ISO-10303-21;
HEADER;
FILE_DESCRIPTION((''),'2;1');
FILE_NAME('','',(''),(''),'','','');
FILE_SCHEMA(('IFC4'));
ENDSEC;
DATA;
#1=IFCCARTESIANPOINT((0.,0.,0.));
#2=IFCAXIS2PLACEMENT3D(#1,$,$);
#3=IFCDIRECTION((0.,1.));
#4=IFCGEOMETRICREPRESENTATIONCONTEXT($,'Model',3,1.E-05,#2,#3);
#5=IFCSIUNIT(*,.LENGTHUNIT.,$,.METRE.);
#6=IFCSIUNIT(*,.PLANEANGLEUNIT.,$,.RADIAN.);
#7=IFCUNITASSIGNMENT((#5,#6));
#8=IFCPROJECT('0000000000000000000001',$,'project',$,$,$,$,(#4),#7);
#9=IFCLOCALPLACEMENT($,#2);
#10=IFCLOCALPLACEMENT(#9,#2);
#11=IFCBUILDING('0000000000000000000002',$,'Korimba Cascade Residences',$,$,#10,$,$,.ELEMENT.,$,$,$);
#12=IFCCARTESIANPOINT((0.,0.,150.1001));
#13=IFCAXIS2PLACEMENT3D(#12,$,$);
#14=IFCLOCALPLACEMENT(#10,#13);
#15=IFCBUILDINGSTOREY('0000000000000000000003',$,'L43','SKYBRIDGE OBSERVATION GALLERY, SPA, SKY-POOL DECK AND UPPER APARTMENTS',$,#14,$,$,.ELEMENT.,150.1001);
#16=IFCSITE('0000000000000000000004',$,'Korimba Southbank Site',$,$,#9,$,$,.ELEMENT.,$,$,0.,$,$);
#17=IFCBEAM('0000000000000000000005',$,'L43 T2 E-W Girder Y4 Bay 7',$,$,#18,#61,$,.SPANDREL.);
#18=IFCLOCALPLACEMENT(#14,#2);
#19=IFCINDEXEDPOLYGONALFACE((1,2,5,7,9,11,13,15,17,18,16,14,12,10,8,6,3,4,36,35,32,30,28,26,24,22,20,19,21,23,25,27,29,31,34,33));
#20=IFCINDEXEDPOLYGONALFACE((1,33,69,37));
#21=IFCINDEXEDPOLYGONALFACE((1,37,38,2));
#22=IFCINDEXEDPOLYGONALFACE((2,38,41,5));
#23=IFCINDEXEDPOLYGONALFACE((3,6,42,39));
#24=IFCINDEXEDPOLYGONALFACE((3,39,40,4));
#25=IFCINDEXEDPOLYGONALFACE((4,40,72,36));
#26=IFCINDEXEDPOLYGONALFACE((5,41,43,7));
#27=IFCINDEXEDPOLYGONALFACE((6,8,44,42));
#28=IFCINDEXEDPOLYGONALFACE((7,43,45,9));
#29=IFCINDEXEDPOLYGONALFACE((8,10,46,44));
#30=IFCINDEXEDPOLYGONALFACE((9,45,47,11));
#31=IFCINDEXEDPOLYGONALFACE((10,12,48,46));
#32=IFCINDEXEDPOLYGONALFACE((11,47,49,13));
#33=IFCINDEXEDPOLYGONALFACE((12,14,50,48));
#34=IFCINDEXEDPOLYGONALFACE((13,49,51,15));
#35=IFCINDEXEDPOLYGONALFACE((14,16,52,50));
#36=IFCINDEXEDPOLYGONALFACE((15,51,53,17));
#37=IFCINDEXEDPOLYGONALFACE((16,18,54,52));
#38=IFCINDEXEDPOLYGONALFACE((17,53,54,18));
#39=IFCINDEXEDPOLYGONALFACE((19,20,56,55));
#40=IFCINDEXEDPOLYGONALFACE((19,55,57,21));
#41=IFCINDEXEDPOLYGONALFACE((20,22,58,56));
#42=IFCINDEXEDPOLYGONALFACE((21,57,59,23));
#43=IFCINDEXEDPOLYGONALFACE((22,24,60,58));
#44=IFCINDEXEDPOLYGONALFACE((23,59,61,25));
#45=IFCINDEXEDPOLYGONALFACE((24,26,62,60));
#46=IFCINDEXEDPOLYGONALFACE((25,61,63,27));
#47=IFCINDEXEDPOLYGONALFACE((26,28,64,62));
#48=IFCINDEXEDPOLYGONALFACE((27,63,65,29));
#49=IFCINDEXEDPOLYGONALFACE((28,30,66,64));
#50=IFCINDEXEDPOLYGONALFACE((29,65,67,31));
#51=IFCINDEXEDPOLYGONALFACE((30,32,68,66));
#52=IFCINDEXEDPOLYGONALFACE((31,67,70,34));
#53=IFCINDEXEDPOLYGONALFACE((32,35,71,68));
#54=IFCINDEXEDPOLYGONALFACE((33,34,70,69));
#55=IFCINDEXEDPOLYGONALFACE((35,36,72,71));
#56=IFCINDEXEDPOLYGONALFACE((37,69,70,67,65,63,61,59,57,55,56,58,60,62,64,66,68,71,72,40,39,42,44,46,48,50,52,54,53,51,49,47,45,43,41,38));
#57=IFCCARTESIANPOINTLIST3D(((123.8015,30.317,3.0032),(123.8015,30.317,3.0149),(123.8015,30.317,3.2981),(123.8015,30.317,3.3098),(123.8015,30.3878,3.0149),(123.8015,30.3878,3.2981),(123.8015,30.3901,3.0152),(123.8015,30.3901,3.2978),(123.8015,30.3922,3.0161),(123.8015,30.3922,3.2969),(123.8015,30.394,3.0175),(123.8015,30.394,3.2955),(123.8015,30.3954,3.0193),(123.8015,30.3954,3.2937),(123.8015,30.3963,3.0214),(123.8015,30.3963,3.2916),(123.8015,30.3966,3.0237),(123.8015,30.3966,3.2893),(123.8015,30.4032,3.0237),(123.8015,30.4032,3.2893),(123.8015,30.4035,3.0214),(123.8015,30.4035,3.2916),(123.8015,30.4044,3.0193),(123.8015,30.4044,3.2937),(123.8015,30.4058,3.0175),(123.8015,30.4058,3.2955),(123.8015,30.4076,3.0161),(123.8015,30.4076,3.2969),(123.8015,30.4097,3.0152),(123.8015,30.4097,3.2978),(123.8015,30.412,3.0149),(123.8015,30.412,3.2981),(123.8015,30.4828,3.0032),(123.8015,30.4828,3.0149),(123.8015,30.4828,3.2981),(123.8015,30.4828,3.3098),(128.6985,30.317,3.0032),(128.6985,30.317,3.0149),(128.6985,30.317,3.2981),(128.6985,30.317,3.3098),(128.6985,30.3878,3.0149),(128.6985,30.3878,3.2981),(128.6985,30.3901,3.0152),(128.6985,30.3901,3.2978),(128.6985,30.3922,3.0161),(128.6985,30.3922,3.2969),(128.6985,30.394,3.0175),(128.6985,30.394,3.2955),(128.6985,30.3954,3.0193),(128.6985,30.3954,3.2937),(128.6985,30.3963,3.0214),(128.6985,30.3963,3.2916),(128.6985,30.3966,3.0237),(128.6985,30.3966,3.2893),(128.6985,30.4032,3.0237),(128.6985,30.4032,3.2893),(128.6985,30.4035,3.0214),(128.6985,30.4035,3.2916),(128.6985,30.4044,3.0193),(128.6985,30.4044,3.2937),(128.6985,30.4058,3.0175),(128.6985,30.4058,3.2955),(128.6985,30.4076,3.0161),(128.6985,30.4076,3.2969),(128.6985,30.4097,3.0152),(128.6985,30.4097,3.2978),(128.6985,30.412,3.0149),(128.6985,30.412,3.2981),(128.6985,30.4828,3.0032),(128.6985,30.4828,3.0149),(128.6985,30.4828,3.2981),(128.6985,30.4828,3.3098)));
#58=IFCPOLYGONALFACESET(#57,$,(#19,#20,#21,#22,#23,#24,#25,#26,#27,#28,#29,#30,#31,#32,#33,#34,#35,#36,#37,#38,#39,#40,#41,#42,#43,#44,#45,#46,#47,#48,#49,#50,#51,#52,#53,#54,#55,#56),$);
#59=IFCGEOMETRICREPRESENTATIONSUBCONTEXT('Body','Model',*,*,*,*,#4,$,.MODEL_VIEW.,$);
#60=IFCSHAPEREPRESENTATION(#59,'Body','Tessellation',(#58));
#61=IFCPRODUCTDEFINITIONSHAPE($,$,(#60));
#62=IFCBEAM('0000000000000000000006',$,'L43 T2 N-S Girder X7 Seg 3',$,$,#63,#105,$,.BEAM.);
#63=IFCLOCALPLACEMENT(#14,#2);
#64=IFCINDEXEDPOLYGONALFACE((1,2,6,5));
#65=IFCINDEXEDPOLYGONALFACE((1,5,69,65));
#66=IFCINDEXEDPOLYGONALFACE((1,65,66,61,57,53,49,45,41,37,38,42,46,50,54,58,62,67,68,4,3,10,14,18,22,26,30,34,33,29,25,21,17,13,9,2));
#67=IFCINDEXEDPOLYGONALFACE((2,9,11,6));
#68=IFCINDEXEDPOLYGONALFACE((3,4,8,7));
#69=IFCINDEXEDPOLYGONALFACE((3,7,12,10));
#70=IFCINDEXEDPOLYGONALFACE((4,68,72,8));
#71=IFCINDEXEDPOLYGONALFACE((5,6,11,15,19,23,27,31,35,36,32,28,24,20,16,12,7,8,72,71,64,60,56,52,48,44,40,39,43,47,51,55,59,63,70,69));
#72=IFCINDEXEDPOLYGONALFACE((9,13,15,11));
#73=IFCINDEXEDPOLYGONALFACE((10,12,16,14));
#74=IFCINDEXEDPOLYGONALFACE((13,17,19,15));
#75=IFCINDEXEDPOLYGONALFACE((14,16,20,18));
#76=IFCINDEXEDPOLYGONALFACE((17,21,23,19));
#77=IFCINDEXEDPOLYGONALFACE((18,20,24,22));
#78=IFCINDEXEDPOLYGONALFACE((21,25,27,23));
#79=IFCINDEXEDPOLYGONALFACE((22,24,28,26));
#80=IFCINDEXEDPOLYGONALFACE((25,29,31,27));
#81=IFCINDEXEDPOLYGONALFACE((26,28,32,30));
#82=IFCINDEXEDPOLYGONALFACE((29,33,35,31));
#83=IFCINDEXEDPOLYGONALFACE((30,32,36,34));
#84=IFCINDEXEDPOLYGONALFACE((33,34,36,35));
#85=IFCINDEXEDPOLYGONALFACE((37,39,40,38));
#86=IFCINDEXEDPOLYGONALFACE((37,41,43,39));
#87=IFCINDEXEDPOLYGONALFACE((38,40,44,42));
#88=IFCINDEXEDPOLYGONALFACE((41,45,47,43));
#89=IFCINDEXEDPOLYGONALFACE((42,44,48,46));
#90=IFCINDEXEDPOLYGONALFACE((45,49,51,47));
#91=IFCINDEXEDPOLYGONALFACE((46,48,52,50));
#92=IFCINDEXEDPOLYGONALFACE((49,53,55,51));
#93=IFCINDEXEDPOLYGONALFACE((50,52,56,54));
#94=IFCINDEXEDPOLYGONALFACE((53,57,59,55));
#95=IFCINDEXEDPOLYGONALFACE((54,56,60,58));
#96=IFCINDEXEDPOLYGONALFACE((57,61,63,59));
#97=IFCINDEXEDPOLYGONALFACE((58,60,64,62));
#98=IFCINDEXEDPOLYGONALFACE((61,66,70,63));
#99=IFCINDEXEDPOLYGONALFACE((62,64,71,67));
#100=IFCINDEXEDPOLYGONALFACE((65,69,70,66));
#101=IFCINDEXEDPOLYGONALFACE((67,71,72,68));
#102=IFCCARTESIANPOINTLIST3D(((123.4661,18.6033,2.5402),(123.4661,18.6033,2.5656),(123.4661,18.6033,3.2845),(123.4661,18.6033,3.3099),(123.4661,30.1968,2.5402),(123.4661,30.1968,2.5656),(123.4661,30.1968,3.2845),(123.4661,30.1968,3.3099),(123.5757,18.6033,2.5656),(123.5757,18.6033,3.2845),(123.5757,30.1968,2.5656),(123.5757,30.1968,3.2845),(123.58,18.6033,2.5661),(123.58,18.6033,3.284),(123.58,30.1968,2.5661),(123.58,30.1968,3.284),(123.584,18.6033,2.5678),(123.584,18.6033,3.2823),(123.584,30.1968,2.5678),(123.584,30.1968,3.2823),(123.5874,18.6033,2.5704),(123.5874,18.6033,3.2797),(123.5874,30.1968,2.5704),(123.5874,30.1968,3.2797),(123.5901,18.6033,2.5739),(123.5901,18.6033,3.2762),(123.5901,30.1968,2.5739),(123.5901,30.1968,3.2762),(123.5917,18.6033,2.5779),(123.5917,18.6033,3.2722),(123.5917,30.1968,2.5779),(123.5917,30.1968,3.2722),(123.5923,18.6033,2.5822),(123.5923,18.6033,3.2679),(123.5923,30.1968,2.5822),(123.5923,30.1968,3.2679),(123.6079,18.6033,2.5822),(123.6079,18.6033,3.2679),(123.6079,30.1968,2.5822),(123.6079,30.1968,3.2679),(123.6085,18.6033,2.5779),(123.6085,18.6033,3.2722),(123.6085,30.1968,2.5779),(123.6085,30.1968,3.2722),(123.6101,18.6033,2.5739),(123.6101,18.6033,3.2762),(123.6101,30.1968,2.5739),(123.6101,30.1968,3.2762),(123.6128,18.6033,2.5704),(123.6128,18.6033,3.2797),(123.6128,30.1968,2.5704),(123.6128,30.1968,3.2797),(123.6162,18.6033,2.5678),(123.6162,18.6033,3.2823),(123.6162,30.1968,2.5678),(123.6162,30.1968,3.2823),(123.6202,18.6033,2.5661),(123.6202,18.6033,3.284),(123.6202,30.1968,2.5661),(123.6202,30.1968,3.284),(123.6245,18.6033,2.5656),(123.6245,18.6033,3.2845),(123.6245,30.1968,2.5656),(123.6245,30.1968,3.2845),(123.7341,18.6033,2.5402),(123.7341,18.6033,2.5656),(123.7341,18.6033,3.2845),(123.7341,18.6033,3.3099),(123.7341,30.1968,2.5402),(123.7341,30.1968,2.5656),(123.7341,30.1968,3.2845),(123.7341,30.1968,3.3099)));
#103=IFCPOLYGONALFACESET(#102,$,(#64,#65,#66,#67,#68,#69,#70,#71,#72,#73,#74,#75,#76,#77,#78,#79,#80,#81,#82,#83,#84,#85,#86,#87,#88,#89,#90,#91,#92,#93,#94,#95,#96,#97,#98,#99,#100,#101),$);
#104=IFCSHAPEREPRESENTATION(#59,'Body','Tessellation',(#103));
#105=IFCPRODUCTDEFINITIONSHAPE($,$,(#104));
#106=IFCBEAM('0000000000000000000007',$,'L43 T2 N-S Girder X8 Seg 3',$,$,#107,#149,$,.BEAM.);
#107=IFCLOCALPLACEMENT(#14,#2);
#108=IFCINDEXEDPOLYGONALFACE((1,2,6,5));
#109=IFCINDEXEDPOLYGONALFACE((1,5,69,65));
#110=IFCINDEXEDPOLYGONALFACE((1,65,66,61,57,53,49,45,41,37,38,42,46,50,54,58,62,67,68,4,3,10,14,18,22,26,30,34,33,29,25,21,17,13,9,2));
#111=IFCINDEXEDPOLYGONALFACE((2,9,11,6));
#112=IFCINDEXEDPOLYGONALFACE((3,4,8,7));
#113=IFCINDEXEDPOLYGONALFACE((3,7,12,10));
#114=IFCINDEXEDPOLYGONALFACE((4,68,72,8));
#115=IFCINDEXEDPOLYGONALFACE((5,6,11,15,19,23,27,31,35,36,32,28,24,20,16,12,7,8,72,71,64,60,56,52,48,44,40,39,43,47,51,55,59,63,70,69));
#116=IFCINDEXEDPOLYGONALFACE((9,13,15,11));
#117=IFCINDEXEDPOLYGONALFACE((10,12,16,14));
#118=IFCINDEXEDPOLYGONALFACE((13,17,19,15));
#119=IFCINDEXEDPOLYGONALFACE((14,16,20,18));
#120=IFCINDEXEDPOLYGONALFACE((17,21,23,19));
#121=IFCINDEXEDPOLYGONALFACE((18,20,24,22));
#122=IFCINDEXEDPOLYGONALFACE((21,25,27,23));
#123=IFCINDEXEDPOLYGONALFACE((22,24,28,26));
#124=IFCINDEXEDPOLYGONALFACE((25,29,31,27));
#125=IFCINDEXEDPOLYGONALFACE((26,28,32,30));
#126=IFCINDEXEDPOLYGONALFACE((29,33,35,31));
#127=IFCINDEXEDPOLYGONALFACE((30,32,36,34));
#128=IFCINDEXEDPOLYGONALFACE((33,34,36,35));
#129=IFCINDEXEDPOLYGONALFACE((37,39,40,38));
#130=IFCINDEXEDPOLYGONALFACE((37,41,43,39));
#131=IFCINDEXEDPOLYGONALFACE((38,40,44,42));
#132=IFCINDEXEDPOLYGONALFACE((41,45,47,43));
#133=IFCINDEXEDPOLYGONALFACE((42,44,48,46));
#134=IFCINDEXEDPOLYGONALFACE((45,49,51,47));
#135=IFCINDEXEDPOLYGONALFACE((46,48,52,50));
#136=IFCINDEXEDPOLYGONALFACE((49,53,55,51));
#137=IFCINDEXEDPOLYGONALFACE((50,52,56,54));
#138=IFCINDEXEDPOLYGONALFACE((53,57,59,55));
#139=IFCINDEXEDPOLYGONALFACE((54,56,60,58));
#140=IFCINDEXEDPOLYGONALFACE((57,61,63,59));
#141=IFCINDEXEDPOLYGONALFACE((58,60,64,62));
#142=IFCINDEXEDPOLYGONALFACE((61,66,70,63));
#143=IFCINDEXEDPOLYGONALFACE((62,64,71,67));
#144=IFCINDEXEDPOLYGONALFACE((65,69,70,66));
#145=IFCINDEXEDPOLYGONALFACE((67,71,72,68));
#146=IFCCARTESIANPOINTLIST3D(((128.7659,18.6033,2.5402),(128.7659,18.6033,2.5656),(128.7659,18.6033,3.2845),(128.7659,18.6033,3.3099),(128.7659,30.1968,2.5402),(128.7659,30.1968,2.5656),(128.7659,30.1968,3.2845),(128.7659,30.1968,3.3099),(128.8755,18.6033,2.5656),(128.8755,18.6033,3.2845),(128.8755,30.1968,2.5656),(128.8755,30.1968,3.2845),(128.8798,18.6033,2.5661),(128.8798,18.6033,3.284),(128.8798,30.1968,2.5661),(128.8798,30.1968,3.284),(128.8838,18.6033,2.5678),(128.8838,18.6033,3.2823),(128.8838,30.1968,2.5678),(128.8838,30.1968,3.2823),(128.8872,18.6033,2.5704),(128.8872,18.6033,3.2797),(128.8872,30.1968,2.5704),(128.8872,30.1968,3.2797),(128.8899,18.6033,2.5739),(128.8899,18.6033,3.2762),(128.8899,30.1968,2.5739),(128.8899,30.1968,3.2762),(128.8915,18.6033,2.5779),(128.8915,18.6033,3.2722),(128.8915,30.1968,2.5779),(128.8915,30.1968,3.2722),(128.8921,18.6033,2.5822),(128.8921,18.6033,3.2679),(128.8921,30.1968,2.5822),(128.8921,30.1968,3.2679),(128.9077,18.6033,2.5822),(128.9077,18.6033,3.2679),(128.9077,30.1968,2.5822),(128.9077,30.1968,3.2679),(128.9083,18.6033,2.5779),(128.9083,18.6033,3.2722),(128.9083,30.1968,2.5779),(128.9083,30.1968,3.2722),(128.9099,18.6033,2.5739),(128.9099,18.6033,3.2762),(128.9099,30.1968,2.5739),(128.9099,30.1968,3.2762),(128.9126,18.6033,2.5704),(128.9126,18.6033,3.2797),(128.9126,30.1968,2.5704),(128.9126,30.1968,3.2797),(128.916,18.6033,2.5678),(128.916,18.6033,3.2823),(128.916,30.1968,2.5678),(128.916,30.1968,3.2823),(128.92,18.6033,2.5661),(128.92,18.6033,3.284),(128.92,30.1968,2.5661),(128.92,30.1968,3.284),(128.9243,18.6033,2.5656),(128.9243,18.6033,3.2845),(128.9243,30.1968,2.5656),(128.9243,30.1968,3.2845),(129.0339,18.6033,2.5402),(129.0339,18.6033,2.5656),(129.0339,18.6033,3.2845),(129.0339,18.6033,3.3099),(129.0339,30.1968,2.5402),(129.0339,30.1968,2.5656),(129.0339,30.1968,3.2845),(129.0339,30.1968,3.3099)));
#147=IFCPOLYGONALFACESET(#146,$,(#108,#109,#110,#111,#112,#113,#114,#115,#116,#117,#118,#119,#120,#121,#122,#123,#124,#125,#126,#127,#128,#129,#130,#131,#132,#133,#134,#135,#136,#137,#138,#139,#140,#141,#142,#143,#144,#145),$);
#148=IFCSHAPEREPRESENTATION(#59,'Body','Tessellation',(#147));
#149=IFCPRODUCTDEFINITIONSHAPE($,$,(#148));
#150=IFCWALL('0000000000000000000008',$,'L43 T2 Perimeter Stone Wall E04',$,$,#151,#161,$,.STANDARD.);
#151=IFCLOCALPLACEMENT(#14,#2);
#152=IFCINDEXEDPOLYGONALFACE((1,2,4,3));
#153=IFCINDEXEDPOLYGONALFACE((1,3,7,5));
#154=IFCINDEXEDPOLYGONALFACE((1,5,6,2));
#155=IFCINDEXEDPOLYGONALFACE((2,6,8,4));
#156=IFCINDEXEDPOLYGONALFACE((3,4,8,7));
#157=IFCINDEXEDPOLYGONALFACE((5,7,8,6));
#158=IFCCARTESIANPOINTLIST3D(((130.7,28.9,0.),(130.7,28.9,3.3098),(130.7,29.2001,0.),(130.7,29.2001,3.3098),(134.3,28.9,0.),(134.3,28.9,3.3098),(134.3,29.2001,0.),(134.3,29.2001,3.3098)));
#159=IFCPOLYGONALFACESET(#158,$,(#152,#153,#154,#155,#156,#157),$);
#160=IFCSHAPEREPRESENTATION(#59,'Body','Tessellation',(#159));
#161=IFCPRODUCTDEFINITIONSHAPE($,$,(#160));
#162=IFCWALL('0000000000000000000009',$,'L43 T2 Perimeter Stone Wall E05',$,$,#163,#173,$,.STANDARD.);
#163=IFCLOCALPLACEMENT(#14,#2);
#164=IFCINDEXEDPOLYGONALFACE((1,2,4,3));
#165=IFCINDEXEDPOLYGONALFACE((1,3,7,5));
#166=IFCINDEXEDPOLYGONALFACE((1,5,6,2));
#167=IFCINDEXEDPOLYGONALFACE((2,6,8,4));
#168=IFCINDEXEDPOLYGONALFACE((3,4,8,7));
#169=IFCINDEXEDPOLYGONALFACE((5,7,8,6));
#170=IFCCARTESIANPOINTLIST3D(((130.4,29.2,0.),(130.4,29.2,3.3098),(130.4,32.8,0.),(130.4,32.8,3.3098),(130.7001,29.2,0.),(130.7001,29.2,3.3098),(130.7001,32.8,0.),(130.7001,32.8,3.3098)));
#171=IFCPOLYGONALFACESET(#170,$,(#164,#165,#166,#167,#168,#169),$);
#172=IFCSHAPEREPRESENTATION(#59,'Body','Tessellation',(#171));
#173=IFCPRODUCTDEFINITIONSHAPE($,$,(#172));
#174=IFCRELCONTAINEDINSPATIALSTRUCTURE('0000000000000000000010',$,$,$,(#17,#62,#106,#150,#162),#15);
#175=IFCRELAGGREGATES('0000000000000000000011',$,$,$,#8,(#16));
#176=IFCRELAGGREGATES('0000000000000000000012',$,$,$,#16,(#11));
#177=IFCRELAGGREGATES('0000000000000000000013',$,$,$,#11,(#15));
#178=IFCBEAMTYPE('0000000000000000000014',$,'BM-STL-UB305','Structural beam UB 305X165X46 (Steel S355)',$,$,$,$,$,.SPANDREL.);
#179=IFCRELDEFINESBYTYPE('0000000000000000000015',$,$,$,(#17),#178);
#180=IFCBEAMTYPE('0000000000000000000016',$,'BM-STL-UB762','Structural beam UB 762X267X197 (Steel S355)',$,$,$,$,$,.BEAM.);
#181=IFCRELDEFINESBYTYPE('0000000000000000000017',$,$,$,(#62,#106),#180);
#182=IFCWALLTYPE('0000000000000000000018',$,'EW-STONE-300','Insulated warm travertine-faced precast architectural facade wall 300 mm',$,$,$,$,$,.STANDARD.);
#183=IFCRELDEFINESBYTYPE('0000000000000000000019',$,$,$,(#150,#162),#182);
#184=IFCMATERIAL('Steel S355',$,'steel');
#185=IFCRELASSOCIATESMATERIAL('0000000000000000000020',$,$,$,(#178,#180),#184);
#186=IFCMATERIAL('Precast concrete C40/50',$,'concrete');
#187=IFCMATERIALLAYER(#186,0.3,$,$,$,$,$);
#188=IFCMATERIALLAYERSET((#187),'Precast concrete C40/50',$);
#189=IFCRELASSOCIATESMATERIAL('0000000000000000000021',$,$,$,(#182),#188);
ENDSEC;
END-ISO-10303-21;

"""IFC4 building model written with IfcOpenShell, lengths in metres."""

from ifc_helpers import new_model, si_unit, direction, frame, frame_2d, origin, origin_2d, place, context, subcontext, project, spatial, rectangle, i_section, extrude, material, layer, layer_set, material_profile, profile_set, type_object, element, save


model = new_model("IFC4")

# Units and contexts
model_context = context("Model", 3, precision=1e-05, world=origin(), true_north=direction((0.0, 1.0)))
body_context = subcontext(model_context, "Body", "Model", "MODEL_VIEW")
ifc_project = project(units=[si_unit("LENGTHUNIT", "METRE"), si_unit("PLANEANGLEUNIT", "RADIAN")], contexts=[model_context])

# Site, building, storey
site_placement = place(None, origin())
site = spatial("IfcSite", under=ifc_project, at=site_placement, Name="Korimba Southbank Site", CompositionType="ELEMENT", RefElevation=0.0)
building_placement = place(site_placement, origin())
building = spatial("IfcBuilding", under=site, at=building_placement, Name="Korimba Cascade Residences", CompositionType="ELEMENT")
storey_placement = place(building_placement, frame((0.0, 0.0, 150.1001)))
storey = spatial("IfcBuildingStorey", under=building, at=storey_placement, Name="L43", Description="SKYBRIDGE OBSERVATION GALLERY, SPA, SKY-POOL DECK AND UPPER APARTMENTS", CompositionType="ELEMENT", Elevation=150.1001)

# Beams
ifc_material_1 = material(Name="Steel S355", Category="steel")
ifc_material_profile_1 = material_profile(ifc_material_1, i_section(OverallWidth=0.1658, OverallDepth=0.3066, WebThickness=0.0066, FlangeThickness=0.0117, FilletRadius=0.0088, at=origin_2d()), Name="Steel S355")
ifc_profile_set_1 = profile_set([ifc_material_profile_1], Name="Steel S355")
beam_type_1 = type_object("IfcBeamType", Name="BM-STL-UB305", Description="Structural beam UB 305X165X46 (Steel S355)", PredefinedType="SPANDREL", material=ifc_profile_set_1)
beam_1_placement = place(storey_placement, frame((123.8015, 30.3999, 3.1565), z_axis=(1.0, 0.0, 0.0), x_axis=(0.0, 1.0, 0.0)))
element("IfcBeam", 1, at=beam_1_placement, inside=storey, type_object=beam_type_1, Name="L43 T2 E-W Girder Y4 Bay 7", PredefinedType="SPANDREL", context=body_context, shape_type="SweptSolid", body=[
    extrude(i_section(OverallWidth=0.1658, OverallDepth=0.3066, WebThickness=0.0066, FlangeThickness=0.0117, FilletRadius=0.0088, at=origin_2d()), origin(), (0.0, 0.0, 1.0), 4.897),
])
ifc_material_profile_2 = material_profile(ifc_material_1, i_section(OverallWidth=0.2681, OverallDepth=0.7698, WebThickness=0.0156, FlangeThickness=0.0254, FilletRadius=0.0166, at=origin_2d()), Name="Steel S355")
ifc_profile_set_2 = profile_set([ifc_material_profile_2], Name="Steel S355")
beam_type_2 = type_object("IfcBeamType", Name="BM-STL-UB762", Description="Structural beam UB 762X267X197 (Steel S355)", PredefinedType="BEAM", material=ifc_profile_set_2)
for number, where, z_axis, x_axis, name in (
    (2, (123.6001, 18.6033, 2.925), (0.0, 1.0, 0.0), (-1.0, 0.0, 0.0), "L43 T2 N-S Girder X7 Seg 3"),
    (3, (128.8999, 18.6033, 2.925), (0.0, 1.0, 0.0), (-1.0, 0.0, 0.0), "L43 T2 N-S Girder X8 Seg 3"),
):
    element("IfcBeam", number, at=place(storey_placement, frame(where, z_axis=z_axis, x_axis=x_axis)), inside=storey, type_object=beam_type_2, Name=name, PredefinedType="BEAM", context=body_context, shape_type="SweptSolid", body=[
        extrude(i_section(OverallWidth=0.2681, OverallDepth=0.7698, WebThickness=0.0156, FlangeThickness=0.0254, FilletRadius=0.0166, at=origin_2d()), origin(), (0.0, 0.0, 1.0), 11.5935),
    ])

# Walls
ifc_material_2 = material(Name="Precast concrete C40/50", Category="concrete")
ifc_layer_1 = layer(ifc_material_2, 0.3)
ifc_layer_set_1 = layer_set([ifc_layer_1], Name="Precast concrete C40/50")
wall_type_1 = type_object("IfcWallType", Name="EW-STONE-300", Description="Insulated warm travertine-faced precast architectural facade wall 300 mm", PredefinedType="STANDARD", material=ifc_layer_set_1)
for number, where, z_axis, x_axis, name in (
    (4, (134.3, 29.05, 0.0), (0.0, 0.0, 1.0), (-1.0, 0.0, 0.0), "L43 T2 Perimeter Stone Wall E04"),
    (5, (130.55, 29.2, 0.0), (0.0, 0.0, 1.0), (0.0, 1.0, 0.0), "L43 T2 Perimeter Stone Wall E05"),
):
    element("IfcWall", number, at=place(storey_placement, frame(where, z_axis=z_axis, x_axis=x_axis)), inside=storey, type_object=wall_type_1, Name=name, PredefinedType="STANDARD", context=body_context, shape_type="SweptSolid", body=[
        extrude(rectangle(XDim=3.6001, YDim=0.3, at=frame_2d((1.8, 0.0))), origin(), (0.0, 0.0, 1.0), 3.3098),
    ])

save(model, "model.ifc")
